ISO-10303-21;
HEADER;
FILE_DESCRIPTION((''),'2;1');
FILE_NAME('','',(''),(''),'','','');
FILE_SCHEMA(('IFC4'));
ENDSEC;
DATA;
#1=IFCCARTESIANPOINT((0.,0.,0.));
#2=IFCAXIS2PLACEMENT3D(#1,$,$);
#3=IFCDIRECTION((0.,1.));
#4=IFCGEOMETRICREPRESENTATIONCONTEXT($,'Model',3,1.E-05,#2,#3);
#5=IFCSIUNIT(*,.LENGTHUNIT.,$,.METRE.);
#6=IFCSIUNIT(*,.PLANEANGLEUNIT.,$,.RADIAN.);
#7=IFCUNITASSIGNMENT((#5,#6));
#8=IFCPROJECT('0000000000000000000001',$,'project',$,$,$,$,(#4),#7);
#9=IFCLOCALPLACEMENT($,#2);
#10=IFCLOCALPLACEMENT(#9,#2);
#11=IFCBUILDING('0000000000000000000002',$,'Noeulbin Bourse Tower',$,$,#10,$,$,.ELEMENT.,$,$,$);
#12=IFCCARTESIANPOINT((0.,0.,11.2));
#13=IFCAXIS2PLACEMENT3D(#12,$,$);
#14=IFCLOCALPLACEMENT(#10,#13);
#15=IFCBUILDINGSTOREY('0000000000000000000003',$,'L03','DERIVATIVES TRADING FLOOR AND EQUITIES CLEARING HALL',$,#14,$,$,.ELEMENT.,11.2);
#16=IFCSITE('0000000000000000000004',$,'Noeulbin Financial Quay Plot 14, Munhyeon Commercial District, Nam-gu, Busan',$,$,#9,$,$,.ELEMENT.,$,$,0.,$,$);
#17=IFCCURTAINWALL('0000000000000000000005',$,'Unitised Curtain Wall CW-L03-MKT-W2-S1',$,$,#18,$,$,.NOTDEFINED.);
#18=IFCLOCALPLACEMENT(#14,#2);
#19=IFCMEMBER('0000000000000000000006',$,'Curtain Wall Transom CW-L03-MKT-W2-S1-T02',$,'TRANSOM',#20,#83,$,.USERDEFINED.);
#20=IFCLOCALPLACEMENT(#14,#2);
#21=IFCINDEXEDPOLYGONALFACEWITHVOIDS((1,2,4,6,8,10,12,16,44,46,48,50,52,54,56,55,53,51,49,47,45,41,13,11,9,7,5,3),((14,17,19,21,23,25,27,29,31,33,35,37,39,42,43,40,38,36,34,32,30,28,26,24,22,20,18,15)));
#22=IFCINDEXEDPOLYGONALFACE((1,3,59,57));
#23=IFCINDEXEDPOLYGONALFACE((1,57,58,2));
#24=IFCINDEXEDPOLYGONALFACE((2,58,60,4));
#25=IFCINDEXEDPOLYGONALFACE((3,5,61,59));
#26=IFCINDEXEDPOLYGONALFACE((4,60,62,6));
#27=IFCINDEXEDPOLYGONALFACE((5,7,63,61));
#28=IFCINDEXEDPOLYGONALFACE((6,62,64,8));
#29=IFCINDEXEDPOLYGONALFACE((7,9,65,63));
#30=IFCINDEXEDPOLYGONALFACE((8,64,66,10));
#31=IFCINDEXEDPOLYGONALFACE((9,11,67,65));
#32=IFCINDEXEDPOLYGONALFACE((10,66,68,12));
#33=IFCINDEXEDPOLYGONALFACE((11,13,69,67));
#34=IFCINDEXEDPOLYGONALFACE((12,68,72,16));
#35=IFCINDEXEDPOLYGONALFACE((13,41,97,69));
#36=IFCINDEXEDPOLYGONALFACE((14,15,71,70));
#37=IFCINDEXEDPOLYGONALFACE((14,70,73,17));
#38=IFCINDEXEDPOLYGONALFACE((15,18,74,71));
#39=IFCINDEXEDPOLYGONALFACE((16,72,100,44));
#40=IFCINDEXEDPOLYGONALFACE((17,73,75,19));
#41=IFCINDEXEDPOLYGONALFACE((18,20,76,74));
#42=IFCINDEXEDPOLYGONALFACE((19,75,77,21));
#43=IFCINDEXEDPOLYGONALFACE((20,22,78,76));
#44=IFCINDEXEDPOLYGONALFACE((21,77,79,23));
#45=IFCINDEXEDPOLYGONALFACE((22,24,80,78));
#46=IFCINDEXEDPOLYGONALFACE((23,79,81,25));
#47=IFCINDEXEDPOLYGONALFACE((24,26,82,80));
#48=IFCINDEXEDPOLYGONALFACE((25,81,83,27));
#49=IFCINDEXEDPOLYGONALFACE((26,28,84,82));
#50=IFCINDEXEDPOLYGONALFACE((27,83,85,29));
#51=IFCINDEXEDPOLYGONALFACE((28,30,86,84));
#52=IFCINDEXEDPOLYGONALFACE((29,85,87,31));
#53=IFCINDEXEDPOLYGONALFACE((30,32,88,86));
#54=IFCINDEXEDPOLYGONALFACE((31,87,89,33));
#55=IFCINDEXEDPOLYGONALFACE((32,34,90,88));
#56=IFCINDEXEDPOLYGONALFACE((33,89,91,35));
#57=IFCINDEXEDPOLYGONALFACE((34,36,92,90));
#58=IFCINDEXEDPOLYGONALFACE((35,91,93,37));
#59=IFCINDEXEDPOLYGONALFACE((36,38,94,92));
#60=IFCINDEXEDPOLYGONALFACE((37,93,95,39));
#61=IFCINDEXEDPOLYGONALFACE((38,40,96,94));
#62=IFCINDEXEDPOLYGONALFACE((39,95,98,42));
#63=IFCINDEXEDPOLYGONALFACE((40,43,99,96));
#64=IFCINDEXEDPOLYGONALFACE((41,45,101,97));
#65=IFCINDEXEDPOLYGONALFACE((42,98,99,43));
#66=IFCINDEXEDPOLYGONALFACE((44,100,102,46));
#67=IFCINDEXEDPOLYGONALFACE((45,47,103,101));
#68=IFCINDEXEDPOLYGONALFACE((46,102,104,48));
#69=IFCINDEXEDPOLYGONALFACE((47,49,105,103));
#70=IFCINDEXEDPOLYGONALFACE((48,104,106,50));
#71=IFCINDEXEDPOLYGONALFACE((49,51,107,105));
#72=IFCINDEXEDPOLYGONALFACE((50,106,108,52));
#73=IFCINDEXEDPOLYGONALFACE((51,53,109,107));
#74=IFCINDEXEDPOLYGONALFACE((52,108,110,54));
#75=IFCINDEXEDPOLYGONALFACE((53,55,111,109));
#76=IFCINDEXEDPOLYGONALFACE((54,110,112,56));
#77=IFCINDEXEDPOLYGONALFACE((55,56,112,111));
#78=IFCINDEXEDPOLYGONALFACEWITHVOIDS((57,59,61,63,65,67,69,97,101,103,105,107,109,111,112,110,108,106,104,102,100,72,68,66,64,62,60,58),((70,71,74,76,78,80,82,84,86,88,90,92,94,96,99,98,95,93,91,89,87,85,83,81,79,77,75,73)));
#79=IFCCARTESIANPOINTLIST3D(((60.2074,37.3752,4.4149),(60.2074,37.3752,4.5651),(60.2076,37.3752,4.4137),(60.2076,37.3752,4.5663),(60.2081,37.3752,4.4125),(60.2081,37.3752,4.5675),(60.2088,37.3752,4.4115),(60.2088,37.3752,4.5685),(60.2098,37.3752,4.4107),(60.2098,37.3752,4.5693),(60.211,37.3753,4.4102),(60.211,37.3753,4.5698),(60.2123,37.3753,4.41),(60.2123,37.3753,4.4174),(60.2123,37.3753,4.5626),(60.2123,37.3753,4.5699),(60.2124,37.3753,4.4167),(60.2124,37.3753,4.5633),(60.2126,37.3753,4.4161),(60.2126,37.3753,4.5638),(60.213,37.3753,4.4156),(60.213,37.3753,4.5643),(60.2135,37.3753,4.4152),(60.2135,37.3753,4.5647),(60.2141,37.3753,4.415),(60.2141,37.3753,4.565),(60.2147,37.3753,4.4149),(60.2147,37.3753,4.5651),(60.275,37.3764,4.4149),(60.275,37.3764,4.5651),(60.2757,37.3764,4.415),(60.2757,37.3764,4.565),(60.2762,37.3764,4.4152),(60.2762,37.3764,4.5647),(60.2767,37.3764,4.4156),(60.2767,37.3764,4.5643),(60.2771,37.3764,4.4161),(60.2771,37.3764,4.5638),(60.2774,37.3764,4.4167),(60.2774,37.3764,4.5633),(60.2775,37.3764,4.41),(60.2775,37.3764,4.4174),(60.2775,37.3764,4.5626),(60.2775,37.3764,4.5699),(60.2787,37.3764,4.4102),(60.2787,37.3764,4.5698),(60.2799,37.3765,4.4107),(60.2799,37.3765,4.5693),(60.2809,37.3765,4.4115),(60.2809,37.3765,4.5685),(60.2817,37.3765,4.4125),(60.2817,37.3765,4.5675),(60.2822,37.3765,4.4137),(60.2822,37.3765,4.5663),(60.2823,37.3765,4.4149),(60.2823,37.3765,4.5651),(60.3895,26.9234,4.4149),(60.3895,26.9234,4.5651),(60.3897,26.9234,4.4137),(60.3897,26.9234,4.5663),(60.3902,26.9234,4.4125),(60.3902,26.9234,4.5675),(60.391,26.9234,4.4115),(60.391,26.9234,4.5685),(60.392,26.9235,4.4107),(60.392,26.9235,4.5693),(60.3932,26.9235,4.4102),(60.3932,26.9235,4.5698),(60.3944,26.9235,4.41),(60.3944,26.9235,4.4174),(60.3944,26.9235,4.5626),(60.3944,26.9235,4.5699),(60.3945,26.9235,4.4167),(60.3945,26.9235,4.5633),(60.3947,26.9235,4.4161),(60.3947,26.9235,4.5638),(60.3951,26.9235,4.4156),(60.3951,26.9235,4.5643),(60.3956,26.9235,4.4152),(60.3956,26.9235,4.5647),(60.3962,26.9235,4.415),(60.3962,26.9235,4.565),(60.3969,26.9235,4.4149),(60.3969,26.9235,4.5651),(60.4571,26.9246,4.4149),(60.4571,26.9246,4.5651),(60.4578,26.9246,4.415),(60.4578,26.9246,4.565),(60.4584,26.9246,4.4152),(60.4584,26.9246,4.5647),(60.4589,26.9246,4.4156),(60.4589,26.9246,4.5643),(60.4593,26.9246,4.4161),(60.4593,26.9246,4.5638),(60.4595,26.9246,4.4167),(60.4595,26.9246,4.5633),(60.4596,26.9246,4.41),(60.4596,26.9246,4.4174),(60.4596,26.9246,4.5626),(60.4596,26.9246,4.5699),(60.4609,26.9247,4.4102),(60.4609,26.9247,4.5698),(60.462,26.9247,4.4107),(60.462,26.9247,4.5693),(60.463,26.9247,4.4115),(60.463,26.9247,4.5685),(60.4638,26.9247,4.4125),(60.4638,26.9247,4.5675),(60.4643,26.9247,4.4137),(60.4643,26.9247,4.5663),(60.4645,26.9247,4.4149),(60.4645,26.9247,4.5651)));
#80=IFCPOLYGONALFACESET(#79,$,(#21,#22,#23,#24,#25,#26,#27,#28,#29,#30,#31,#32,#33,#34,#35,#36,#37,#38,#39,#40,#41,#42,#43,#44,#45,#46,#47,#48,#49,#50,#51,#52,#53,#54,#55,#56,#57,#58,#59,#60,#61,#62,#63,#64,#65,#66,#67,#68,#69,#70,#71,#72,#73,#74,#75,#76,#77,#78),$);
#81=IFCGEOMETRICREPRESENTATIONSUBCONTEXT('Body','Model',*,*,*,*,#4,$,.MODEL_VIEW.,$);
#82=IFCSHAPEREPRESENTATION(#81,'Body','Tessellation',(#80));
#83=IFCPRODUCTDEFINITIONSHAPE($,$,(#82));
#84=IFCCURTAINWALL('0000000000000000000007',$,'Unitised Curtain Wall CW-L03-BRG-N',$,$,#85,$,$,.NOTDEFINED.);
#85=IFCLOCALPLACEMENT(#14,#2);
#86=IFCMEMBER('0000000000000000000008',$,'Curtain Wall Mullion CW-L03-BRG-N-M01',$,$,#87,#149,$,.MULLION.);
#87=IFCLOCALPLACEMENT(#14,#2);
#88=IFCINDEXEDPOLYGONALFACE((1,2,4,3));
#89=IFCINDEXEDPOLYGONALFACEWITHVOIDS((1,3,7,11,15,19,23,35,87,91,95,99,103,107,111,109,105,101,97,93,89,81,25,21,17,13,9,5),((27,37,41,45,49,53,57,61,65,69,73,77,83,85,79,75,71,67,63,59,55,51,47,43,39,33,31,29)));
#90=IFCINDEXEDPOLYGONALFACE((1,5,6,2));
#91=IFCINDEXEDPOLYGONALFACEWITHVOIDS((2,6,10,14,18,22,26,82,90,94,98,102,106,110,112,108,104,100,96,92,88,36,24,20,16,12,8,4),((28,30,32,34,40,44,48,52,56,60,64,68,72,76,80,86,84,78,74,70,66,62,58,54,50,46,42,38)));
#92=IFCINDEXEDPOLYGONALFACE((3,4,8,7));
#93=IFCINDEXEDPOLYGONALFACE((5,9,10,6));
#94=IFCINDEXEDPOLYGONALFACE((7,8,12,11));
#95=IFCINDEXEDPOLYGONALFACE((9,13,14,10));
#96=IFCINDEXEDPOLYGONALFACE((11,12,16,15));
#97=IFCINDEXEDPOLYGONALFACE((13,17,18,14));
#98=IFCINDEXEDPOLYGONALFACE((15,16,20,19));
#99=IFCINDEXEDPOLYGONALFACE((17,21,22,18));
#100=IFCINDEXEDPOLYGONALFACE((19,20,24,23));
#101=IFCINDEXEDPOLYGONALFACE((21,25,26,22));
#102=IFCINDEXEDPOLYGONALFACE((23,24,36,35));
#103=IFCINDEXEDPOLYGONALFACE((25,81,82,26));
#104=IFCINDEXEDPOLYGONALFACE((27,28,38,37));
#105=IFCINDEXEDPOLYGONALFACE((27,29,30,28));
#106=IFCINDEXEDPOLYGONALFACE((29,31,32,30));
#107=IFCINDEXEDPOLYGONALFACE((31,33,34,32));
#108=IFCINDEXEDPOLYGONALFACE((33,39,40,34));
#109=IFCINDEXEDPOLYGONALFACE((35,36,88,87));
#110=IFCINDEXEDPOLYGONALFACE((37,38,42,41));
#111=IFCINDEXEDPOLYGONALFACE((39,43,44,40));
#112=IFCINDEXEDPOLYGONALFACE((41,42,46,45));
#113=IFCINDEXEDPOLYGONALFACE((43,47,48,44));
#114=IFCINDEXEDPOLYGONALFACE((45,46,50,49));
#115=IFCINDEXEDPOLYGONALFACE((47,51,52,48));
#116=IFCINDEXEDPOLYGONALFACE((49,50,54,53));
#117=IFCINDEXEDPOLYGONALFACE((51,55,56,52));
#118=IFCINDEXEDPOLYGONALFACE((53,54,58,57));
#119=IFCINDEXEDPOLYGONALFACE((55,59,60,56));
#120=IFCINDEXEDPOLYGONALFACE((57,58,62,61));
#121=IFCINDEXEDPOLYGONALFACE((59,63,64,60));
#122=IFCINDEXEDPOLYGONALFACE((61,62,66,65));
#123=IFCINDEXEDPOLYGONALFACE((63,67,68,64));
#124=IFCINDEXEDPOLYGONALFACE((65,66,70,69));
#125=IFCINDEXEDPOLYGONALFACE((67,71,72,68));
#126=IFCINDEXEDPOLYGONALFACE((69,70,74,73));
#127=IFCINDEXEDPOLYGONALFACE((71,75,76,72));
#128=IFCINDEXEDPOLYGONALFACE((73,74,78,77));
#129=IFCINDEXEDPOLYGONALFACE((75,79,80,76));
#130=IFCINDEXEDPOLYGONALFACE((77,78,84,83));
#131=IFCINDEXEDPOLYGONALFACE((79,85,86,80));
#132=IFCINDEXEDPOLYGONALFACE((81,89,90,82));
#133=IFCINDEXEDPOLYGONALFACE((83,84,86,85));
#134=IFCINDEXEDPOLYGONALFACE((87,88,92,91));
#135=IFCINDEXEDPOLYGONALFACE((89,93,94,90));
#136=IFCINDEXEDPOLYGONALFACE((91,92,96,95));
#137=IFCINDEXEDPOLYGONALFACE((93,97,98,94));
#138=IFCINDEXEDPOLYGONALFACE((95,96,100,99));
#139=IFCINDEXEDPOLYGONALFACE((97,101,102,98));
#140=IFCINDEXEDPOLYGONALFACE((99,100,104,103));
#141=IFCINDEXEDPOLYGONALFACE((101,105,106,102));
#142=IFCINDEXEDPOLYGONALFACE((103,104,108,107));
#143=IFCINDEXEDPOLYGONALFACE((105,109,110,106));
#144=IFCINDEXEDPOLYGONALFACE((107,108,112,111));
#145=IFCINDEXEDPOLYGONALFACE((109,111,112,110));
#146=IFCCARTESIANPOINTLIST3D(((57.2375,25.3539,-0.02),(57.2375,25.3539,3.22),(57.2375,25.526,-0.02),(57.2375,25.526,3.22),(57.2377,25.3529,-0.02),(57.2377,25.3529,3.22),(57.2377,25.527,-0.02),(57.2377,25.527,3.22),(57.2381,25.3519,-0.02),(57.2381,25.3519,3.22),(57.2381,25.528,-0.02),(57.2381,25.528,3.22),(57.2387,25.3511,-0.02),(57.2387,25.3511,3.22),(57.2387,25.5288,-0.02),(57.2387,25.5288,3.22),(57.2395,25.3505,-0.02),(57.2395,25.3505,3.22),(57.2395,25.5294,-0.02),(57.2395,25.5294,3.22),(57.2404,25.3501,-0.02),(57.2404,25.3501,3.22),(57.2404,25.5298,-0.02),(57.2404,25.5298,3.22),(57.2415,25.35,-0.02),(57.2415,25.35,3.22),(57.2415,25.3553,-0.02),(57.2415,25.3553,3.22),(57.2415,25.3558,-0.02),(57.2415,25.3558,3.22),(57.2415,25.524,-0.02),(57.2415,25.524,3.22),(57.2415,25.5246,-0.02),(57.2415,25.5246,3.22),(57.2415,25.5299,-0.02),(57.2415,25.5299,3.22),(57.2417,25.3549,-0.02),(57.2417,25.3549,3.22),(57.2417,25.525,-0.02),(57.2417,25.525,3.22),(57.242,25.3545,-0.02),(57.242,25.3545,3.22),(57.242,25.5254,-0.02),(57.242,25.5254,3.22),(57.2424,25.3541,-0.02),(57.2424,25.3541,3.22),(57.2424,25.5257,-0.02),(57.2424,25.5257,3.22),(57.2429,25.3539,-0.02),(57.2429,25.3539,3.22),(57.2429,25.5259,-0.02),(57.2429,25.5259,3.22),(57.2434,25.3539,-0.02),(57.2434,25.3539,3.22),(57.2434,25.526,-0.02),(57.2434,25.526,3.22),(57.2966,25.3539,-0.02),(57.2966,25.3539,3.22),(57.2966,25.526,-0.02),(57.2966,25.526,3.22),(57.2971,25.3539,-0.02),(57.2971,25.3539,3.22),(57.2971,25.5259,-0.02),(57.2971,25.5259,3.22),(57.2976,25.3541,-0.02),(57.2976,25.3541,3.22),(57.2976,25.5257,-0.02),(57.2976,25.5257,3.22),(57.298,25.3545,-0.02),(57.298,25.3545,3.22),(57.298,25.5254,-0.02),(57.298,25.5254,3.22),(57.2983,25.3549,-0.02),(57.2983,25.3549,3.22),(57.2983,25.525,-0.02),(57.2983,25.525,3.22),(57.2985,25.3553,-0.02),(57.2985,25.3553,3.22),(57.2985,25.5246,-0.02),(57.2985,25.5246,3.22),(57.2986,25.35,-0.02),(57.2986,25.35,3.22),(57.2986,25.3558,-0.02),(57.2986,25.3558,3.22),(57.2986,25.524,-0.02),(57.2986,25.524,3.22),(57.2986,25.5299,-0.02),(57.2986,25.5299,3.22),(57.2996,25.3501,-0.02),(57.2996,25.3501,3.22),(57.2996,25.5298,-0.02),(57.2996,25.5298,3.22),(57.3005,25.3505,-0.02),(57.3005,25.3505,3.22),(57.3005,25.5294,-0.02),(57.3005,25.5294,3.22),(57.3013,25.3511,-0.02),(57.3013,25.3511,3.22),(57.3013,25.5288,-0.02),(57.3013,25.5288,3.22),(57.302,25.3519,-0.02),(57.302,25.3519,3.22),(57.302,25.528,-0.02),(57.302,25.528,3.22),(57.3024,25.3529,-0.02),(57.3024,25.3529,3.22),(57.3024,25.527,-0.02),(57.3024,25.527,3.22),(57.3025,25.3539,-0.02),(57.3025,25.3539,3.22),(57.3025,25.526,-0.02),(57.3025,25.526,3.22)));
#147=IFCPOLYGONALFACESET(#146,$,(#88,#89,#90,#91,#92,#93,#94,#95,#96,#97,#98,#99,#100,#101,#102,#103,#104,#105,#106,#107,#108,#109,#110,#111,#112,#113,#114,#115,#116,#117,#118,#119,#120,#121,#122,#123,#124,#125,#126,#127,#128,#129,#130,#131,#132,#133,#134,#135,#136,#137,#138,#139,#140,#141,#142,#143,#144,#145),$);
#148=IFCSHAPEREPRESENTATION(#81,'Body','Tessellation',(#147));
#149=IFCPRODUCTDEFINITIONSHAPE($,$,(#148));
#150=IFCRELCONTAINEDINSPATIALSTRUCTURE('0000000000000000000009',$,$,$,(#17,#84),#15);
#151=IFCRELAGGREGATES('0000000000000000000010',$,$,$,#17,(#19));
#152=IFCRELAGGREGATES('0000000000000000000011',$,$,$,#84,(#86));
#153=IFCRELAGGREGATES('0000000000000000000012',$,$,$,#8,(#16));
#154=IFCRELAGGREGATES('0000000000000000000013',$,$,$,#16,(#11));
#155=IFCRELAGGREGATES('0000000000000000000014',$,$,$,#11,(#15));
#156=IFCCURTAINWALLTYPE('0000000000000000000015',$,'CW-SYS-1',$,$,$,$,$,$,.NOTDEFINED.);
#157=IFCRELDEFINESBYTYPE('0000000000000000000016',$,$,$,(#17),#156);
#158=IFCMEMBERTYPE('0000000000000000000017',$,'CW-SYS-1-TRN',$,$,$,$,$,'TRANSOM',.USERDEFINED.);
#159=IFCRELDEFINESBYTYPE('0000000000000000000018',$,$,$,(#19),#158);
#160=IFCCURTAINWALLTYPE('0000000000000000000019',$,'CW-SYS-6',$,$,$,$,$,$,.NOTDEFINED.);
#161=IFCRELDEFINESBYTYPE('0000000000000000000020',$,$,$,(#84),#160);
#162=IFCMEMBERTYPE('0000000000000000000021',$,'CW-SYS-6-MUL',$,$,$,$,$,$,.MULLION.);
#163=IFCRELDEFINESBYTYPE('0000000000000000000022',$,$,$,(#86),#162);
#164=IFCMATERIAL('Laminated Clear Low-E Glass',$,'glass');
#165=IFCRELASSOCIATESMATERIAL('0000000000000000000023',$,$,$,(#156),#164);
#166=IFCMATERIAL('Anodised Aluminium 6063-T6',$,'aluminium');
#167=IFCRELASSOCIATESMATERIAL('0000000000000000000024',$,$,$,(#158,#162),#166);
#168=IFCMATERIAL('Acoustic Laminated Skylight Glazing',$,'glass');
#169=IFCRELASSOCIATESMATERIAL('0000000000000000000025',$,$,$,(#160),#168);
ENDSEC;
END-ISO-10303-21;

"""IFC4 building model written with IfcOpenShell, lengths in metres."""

from ifc_helpers import new_model, si_unit, direction, frame, origin, origin_2d, place, context, subcontext, project, spatial, hollow_rectangle, extrude, material, material_profile, profile_set, type_object, element, aggregate, save


model = new_model("IFC4")

# Units and contexts
model_context = context("Model", 3, precision=1e-05, world=origin(), true_north=direction((0.0, 1.0)))
body_context = subcontext(model_context, "Body", "Model", "MODEL_VIEW")
ifc_project = project(units=[si_unit("LENGTHUNIT", "METRE"), si_unit("PLANEANGLEUNIT", "RADIAN")], contexts=[model_context])

# Site, building, storey
site_placement = place(None, origin())
site = spatial("IfcSite", under=ifc_project, at=site_placement, Name="Noeulbin Financial Quay Plot 14, Munhyeon Commercial District, Nam-gu, Busan", CompositionType="ELEMENT", RefElevation=0.0)
building_placement = place(site_placement, origin())
building = spatial("IfcBuilding", under=site, at=building_placement, Name="Noeulbin Bourse Tower", CompositionType="ELEMENT")
storey_placement = place(building_placement, frame((0.0, 0.0, 11.2)))
storey = spatial("IfcBuildingStorey", under=building, at=storey_placement, Name="L03", Description="DERIVATIVES TRADING FLOOR AND EQUITIES CLEARING HALL", CompositionType="ELEMENT", Elevation=11.2)

# Curtain walls, members
ifc_material_1 = material(Name="Laminated Clear Low-E Glass", Category="glass")
curtain_wall_type_1 = type_object("IfcCurtainWallType", Name="CW-SYS-1", PredefinedType="NOTDEFINED", material=ifc_material_1)
curtain_wall_1_placement = place(storey_placement, origin())
curtain_wall_1 = element("IfcCurtainWall", 1, at=curtain_wall_1_placement, inside=storey, type_object=curtain_wall_type_1, Name="Unitised Curtain Wall CW-L03-MKT-W2-S1", PredefinedType="NOTDEFINED")
ifc_material_2 = material(Name="Anodised Aluminium 6063-T6", Category="aluminium")
ifc_material_profile_1 = material_profile(ifc_material_2, hollow_rectangle(XDim=0.075, YDim=0.1599, WallThickness=0.0049, InnerFilletRadius=0.0024, OuterFilletRadius=0.0049, at=origin_2d()), Name="ALU-TRAN-75x160x5", Category="LoadBearing")
ifc_profile_set_1 = profile_set([ifc_material_profile_1], Name="Anodised Aluminium 6063-T6")
member_type_1 = type_object("IfcMemberType", Name="CW-SYS-1-TRN", ElementType="TRANSOM", PredefinedType="USERDEFINED", material=ifc_profile_set_1)
member_1_placement = place(storey_placement, frame((60.427, 26.9241, 4.49), z_axis=(-0.017423, 0.999848, 0.0), x_axis=(-0.999848, -0.017423, 0.0)))
member_1 = element("IfcMember", 2, at=member_1_placement, type_object=member_type_1, Name="Curtain Wall Transom CW-L03-MKT-W2-S1-T02", ObjectType="TRANSOM", PredefinedType="USERDEFINED", context=body_context, shape_type="SweptSolid", body=[
    extrude(hollow_rectangle(XDim=0.075, YDim=0.1599, WallThickness=0.0049, InnerFilletRadius=0.0024, OuterFilletRadius=0.0049, at=origin_2d()), origin(), (0.0, 0.0, 1.0), 10.4534),
])
ifc_material_3 = material(Name="Acoustic Laminated Skylight Glazing", Category="glass")
curtain_wall_type_2 = type_object("IfcCurtainWallType", Name="CW-SYS-6", PredefinedType="NOTDEFINED", material=ifc_material_3)
curtain_wall_2_placement = place(storey_placement, origin())
curtain_wall_2 = element("IfcCurtainWall", 3, at=curtain_wall_2_placement, inside=storey, type_object=curtain_wall_type_2, Name="Unitised Curtain Wall CW-L03-BRG-N", PredefinedType="NOTDEFINED")
ifc_material_profile_2 = material_profile(ifc_material_2, hollow_rectangle(XDim=0.0649, YDim=0.1799, WallThickness=0.0039, InnerFilletRadius=0.002, OuterFilletRadius=0.0039, at=origin_2d()), Name="ALU-MULL-65x180x4", Category="LoadBearing")
ifc_profile_set_2 = profile_set([ifc_material_profile_2], Name="Anodised Aluminium 6063-T6")
member_type_2 = type_object("IfcMemberType", Name="CW-SYS-6-MUL", PredefinedType="MULLION", material=ifc_profile_set_2)
member_2_placement = place(storey_placement, frame((57.27, 25.4399, -0.02), z_axis=(0.0, 0.0, 1.0), x_axis=(1.0, 0.0, 0.0)))
member_2 = element("IfcMember", 4, at=member_2_placement, type_object=member_type_2, Name="Curtain Wall Mullion CW-L03-BRG-N-M01", PredefinedType="MULLION", context=body_context, shape_type="SweptSolid", body=[
    extrude(hollow_rectangle(XDim=0.0649, YDim=0.1799, WallThickness=0.0039, InnerFilletRadius=0.002, OuterFilletRadius=0.0039, at=origin_2d()), origin(), (0.0, 0.0, 1.0), 3.24),
])

aggregate(curtain_wall_1, [member_1])
aggregate(curtain_wall_2, [member_2])

save(model, "model.ifc")
